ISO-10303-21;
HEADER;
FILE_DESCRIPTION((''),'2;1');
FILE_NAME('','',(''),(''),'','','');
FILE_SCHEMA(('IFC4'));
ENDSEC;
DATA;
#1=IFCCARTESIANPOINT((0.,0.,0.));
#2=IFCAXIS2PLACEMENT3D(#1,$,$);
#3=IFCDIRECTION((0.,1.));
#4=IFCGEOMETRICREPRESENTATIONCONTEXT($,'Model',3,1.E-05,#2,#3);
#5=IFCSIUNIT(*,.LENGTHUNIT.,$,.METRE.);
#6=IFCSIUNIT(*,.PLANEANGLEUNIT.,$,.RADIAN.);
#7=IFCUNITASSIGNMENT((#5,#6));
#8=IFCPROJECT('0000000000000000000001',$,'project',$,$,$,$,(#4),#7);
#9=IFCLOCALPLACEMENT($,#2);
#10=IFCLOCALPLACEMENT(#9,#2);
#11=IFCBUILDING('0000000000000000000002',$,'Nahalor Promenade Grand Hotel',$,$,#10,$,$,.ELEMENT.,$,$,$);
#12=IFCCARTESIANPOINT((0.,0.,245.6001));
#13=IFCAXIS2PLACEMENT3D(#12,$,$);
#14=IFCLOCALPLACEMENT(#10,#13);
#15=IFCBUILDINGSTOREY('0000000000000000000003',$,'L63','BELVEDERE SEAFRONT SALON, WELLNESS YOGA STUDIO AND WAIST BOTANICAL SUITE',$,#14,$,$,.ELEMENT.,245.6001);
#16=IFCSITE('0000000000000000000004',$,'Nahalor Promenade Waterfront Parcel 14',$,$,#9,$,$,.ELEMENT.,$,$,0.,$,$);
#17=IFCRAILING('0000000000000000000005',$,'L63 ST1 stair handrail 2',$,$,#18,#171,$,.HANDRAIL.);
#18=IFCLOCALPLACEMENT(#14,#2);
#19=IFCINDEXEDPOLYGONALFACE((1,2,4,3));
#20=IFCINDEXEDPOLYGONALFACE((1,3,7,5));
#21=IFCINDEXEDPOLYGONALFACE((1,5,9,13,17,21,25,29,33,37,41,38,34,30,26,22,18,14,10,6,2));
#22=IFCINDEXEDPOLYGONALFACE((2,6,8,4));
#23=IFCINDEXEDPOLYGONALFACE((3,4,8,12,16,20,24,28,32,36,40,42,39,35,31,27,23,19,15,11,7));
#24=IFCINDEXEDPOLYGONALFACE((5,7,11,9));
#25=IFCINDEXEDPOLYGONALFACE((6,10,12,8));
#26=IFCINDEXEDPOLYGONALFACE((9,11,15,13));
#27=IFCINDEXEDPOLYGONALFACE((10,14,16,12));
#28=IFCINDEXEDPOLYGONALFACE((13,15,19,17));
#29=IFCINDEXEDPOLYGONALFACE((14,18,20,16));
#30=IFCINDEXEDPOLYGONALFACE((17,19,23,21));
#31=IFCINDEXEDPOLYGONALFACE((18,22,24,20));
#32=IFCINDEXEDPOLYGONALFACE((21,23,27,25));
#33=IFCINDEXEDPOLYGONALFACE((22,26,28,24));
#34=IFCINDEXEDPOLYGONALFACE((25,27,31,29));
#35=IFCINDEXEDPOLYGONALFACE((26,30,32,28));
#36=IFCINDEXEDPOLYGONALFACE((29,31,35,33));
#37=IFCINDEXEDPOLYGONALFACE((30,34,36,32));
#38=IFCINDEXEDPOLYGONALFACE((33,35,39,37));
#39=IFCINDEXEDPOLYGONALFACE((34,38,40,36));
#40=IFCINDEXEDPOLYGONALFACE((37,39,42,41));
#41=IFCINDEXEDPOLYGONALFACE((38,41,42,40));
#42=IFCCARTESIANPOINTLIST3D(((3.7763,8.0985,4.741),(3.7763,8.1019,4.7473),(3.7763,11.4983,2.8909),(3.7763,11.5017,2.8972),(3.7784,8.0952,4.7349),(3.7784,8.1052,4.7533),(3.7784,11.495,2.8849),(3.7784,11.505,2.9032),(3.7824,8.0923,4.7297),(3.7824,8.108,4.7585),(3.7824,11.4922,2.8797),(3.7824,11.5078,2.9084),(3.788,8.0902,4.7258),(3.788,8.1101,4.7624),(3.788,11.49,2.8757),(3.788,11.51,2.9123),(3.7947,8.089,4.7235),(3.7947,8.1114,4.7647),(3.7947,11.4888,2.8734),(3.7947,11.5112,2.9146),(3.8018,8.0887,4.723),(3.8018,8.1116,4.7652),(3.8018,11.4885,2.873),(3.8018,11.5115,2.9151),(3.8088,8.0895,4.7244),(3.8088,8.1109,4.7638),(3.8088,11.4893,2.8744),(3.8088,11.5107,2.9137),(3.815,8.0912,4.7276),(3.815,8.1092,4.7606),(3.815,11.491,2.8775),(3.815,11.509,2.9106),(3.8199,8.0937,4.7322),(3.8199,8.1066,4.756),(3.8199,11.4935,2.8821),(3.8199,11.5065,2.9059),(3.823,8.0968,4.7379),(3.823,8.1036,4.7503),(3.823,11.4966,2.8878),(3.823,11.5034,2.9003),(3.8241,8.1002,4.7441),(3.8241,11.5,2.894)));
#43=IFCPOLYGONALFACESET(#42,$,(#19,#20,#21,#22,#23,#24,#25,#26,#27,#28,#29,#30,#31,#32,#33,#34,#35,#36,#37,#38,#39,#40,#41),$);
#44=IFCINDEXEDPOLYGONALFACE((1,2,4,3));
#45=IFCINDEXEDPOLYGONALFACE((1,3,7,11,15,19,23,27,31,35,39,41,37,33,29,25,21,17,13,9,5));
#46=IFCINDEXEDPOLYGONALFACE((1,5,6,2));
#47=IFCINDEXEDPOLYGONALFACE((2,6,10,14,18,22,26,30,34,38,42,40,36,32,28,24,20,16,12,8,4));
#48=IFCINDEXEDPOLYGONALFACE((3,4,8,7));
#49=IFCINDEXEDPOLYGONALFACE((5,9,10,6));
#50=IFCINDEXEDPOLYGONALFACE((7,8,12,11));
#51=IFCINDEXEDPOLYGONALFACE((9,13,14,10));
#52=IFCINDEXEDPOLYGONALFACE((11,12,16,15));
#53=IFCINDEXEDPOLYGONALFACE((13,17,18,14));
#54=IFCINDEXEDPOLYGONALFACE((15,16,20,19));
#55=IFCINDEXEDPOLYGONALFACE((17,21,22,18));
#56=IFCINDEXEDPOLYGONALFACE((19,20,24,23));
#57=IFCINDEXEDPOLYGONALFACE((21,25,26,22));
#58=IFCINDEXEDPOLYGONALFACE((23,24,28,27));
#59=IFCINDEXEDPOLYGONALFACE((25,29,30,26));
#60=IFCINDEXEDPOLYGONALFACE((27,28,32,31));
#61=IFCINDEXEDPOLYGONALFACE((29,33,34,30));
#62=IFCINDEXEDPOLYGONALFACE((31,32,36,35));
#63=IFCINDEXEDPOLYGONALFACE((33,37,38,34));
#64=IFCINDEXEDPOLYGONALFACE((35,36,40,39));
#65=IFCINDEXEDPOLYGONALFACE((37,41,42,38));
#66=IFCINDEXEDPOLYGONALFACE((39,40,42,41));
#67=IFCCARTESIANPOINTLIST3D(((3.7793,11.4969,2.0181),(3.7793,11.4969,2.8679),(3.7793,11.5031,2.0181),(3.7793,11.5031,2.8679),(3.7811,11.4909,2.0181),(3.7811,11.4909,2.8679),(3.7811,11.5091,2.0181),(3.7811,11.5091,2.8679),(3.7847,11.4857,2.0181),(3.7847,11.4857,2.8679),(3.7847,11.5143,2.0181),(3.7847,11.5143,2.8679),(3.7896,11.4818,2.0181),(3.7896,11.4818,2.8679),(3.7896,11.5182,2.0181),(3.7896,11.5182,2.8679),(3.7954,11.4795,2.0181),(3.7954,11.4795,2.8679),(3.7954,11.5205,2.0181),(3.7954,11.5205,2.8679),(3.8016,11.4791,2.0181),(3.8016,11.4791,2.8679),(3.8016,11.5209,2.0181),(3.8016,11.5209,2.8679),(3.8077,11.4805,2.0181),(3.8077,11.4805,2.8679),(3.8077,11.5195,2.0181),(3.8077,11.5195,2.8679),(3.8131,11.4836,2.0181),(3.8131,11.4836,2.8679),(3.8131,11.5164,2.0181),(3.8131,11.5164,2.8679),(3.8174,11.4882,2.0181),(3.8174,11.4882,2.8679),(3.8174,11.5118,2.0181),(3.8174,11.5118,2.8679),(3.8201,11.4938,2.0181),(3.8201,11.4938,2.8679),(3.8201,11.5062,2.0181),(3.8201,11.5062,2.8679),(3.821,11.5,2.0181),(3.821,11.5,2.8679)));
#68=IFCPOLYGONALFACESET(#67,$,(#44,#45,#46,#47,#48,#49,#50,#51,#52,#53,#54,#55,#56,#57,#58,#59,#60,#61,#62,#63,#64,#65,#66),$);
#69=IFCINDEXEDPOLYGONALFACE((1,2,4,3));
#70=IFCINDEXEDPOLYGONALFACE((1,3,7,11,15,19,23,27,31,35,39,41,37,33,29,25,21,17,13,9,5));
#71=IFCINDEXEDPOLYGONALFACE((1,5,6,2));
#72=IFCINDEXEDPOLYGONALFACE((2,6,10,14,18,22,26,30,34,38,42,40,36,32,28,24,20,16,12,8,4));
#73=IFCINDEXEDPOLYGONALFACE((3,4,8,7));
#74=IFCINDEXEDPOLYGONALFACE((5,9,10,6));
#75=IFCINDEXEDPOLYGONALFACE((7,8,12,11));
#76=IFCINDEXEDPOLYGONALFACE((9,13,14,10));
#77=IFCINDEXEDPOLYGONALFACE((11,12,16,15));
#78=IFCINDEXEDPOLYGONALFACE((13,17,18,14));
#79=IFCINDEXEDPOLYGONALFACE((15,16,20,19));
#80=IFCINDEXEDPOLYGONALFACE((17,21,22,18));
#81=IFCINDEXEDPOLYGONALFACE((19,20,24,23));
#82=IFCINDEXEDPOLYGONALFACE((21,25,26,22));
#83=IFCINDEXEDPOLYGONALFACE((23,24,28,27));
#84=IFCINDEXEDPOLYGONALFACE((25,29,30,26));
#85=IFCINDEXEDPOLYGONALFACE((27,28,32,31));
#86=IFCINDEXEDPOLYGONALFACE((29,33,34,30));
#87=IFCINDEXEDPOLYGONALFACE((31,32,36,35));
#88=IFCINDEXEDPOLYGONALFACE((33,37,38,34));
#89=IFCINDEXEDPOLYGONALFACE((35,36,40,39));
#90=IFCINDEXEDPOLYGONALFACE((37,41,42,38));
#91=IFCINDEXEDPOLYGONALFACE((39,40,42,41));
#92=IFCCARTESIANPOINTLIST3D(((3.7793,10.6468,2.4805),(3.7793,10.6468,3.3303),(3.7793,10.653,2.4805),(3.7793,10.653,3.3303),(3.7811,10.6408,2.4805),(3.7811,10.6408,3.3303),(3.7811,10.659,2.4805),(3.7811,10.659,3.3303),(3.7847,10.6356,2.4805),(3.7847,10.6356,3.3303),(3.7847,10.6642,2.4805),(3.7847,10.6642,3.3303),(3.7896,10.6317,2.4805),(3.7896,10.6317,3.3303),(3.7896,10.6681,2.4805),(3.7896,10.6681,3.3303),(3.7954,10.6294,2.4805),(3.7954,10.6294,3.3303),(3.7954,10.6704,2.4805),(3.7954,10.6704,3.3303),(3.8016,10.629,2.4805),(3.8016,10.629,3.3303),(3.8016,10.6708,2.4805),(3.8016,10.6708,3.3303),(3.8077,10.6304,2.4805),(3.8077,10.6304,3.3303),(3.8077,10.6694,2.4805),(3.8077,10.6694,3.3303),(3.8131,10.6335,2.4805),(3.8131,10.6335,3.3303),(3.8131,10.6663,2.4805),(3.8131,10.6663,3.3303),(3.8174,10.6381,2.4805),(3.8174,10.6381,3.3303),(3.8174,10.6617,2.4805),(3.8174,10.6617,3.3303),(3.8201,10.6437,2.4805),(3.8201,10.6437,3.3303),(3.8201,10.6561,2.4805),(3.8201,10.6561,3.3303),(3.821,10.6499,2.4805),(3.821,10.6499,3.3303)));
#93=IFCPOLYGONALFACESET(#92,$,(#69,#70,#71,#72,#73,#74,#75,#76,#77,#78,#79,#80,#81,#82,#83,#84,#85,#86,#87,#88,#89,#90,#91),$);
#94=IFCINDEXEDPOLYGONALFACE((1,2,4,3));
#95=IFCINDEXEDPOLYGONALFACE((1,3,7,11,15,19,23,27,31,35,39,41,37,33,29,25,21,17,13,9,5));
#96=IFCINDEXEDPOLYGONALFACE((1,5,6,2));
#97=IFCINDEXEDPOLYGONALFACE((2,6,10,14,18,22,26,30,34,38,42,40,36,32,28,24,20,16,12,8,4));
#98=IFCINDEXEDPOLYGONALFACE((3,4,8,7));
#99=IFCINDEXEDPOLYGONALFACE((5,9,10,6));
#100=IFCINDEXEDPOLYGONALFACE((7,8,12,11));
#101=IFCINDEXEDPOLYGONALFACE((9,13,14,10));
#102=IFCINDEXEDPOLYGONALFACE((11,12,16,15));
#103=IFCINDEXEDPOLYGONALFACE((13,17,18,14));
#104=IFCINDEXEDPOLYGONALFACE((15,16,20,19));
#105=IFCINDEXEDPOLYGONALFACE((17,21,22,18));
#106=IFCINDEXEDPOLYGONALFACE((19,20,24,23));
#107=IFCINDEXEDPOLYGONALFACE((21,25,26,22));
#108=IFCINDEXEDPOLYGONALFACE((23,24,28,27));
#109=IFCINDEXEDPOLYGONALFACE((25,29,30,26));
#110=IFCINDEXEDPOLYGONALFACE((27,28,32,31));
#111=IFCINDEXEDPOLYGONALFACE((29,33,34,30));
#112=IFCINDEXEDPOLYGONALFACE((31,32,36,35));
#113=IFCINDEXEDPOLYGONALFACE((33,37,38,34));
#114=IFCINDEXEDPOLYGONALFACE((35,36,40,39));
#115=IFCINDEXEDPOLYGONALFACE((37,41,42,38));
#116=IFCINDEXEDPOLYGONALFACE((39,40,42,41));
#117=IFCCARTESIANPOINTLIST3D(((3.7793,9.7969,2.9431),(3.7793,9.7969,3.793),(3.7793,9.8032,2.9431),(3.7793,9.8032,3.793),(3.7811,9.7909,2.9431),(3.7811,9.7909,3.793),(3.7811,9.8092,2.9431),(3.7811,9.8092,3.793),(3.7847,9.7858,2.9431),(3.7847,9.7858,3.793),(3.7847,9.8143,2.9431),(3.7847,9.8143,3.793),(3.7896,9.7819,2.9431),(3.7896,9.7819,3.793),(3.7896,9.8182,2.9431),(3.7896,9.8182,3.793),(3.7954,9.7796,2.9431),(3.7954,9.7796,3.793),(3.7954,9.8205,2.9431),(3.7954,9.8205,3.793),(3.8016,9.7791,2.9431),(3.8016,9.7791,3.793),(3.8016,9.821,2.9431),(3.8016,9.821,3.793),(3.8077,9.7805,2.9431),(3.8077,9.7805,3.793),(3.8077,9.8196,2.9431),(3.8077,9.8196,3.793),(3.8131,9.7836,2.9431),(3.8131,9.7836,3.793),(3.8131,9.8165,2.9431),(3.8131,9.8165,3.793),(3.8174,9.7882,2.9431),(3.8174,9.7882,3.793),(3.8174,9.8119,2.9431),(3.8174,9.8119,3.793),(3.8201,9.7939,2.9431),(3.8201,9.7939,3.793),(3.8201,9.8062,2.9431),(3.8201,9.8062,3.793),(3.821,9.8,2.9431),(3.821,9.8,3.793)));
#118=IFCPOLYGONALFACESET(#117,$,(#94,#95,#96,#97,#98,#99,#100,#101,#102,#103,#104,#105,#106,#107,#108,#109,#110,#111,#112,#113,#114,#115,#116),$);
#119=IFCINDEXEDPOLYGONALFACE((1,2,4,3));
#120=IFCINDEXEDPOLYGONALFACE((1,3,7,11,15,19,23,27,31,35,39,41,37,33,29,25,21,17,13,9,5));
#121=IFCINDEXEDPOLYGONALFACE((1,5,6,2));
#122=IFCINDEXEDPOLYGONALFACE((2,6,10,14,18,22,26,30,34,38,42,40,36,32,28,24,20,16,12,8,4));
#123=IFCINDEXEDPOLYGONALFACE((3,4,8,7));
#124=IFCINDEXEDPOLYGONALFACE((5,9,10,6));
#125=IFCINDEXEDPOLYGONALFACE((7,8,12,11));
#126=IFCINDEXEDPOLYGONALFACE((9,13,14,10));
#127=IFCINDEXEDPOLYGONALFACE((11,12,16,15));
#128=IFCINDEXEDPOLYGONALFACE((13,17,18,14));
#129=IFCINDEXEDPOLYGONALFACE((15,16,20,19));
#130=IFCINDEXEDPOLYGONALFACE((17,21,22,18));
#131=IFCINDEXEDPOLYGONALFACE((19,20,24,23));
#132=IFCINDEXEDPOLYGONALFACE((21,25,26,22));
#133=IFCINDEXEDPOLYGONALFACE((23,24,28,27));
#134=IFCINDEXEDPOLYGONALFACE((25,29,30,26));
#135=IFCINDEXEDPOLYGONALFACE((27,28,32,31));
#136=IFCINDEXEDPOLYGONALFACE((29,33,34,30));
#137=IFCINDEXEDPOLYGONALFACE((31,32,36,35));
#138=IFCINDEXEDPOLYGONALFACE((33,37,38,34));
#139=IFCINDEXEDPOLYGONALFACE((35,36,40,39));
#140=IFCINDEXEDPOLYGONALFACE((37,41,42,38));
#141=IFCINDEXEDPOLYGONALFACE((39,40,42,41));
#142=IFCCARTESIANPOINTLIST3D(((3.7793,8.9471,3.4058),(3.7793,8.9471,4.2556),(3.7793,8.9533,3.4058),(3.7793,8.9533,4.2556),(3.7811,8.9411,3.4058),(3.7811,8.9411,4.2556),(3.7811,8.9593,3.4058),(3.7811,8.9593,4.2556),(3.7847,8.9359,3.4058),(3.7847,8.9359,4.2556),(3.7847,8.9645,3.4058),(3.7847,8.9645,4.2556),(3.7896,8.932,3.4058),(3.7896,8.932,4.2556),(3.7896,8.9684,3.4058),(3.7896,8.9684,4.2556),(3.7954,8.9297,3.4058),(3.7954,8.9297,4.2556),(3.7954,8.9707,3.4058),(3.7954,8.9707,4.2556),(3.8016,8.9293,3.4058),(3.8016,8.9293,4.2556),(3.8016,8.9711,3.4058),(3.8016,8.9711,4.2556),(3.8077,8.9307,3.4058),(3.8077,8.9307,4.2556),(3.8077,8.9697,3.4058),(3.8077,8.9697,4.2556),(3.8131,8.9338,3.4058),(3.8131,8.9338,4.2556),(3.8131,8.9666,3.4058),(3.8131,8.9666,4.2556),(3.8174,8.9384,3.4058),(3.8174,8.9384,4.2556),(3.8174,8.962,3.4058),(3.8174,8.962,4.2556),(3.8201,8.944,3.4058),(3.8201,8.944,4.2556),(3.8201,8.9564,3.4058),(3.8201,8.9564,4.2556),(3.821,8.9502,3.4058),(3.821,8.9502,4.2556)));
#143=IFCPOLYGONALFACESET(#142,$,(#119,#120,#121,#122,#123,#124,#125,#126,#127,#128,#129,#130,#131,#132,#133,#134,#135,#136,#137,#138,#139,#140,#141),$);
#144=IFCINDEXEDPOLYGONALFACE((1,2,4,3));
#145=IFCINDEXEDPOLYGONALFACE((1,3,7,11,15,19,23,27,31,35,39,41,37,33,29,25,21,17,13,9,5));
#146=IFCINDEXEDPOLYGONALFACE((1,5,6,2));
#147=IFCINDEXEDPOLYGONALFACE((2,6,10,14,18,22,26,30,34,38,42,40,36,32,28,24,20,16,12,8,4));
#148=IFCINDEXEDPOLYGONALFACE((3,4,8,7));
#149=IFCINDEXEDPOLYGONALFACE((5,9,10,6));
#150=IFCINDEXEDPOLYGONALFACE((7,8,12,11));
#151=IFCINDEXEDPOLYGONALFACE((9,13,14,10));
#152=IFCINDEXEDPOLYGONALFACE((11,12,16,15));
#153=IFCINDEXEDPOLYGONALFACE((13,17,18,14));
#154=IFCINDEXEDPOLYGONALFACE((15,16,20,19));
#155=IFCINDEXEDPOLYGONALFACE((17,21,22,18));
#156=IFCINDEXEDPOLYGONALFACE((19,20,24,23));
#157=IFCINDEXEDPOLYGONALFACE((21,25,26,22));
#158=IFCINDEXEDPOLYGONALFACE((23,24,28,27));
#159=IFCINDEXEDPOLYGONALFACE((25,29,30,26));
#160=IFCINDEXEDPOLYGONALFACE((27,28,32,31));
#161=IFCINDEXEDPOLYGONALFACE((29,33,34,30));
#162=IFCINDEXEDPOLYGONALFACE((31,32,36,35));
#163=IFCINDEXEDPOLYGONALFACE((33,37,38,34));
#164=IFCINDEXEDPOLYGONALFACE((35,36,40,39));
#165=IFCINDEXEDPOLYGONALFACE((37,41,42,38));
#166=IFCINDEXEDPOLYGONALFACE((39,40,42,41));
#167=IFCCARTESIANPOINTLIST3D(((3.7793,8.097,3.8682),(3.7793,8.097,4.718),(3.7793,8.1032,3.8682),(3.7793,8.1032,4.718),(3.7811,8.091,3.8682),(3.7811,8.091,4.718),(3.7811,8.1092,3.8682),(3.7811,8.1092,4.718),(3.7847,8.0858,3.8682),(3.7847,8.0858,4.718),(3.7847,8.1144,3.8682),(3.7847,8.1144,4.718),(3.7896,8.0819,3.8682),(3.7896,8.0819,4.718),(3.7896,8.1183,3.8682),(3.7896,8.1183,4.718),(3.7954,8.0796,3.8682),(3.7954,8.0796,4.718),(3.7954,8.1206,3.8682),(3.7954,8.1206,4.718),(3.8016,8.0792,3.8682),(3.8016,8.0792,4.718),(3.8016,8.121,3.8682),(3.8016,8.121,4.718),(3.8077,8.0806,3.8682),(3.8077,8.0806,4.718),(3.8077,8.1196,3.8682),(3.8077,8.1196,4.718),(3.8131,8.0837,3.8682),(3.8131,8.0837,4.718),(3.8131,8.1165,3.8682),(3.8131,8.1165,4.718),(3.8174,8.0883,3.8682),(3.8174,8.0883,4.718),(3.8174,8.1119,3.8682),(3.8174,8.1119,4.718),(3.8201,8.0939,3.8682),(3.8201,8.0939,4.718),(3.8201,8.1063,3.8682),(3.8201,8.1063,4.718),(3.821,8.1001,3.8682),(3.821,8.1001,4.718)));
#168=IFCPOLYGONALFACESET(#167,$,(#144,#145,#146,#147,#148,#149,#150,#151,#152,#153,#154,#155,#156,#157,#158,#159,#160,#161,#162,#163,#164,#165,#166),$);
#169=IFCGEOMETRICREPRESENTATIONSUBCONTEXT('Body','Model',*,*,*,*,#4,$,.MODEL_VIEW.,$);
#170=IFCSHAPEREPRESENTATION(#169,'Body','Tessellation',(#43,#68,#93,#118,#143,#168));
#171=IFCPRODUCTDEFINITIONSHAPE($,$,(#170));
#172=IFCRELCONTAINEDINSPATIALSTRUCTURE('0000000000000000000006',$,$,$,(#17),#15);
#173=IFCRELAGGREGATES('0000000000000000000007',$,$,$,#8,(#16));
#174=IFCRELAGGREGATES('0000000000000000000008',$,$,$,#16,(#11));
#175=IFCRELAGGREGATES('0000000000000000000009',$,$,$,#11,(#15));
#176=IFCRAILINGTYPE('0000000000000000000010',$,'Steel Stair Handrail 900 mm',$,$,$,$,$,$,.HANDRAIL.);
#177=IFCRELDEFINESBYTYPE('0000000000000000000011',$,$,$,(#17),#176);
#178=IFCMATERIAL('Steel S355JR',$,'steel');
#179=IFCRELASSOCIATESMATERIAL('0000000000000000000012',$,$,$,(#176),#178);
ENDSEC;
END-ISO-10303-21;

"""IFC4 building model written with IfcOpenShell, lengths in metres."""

from ifc_helpers import new_model, si_unit, direction, frame, origin, origin_2d, place, context, subcontext, project, spatial, circle, extrude, material, type_object, element, save


model = new_model("IFC4")

# Units and contexts
model_context = context("Model", 3, precision=1e-05, world=origin(), true_north=direction((0.0, 1.0)))
body_context = subcontext(model_context, "Body", "Model", "MODEL_VIEW")
ifc_project = project(units=[si_unit("LENGTHUNIT", "METRE"), si_unit("PLANEANGLEUNIT", "RADIAN")], contexts=[model_context])

# Site, building, storey
site_placement = place(None, origin())
site = spatial("IfcSite", under=ifc_project, at=site_placement, Name="Nahalor Promenade Waterfront Parcel 14", CompositionType="ELEMENT", RefElevation=0.0)
building_placement = place(site_placement, origin())
building = spatial("IfcBuilding", under=site, at=building_placement, Name="Nahalor Promenade Grand Hotel", CompositionType="ELEMENT")
storey_placement = place(building_placement, frame((0.0, 0.0, 245.6001)))
storey = spatial("IfcBuildingStorey", under=building, at=storey_placement, Name="L63", Description="BELVEDERE SEAFRONT SALON, WELLNESS YOGA STUDIO AND WAIST BOTANICAL SUITE", CompositionType="ELEMENT", Elevation=245.6001)

# Shared definitions
ifc_material_1 = material(Name="Steel S355JR", Category="steel")

# Railing
railing_type_1 = type_object("IfcRailingType", Name="Steel Stair Handrail 900 mm", PredefinedType="HANDRAIL", material=ifc_material_1)
railing_1_placement = place(storey_placement, frame((3.8, 11.5, 2.0181)))
element("IfcRailing", 1, at=railing_1_placement, inside=storey, type_object=railing_type_1, Name="L63 ST1 stair handrail 2", PredefinedType="HANDRAIL", context=body_context, shape_type="SweptSolid", body=[
    extrude(circle(Radius=0.024, at=origin_2d()), frame((0.0, 0.0, 0.876), z_axis=(0.0, -0.878372, 0.477977), x_axis=(1.0, 0.0, 0.0)), (0.0, 0.0, 1.0), 3.8706),
    extrude(circle(Radius=0.021, at=origin_2d()), origin(), (0.0, 0.0, 1.0), 0.8499),
    extrude(circle(Radius=0.021, at=origin_2d()), frame((0.0, -0.8501, 0.4624)), (0.0, 0.0, 1.0), 0.8499),
    extrude(circle(Radius=0.021, at=origin_2d()), frame((0.0, -1.7, 0.925)), (0.0, 0.0, 1.0), 0.8499),
    extrude(circle(Radius=0.021, at=origin_2d()), frame((0.0, -2.5498, 1.3877)), (0.0, 0.0, 1.0), 0.8499),
    extrude(circle(Radius=0.021, at=origin_2d()), frame((0.0, -3.3999, 1.8501)), (0.0, 0.0, 1.0), 0.8499),
])

save(model, "model.ifc")
